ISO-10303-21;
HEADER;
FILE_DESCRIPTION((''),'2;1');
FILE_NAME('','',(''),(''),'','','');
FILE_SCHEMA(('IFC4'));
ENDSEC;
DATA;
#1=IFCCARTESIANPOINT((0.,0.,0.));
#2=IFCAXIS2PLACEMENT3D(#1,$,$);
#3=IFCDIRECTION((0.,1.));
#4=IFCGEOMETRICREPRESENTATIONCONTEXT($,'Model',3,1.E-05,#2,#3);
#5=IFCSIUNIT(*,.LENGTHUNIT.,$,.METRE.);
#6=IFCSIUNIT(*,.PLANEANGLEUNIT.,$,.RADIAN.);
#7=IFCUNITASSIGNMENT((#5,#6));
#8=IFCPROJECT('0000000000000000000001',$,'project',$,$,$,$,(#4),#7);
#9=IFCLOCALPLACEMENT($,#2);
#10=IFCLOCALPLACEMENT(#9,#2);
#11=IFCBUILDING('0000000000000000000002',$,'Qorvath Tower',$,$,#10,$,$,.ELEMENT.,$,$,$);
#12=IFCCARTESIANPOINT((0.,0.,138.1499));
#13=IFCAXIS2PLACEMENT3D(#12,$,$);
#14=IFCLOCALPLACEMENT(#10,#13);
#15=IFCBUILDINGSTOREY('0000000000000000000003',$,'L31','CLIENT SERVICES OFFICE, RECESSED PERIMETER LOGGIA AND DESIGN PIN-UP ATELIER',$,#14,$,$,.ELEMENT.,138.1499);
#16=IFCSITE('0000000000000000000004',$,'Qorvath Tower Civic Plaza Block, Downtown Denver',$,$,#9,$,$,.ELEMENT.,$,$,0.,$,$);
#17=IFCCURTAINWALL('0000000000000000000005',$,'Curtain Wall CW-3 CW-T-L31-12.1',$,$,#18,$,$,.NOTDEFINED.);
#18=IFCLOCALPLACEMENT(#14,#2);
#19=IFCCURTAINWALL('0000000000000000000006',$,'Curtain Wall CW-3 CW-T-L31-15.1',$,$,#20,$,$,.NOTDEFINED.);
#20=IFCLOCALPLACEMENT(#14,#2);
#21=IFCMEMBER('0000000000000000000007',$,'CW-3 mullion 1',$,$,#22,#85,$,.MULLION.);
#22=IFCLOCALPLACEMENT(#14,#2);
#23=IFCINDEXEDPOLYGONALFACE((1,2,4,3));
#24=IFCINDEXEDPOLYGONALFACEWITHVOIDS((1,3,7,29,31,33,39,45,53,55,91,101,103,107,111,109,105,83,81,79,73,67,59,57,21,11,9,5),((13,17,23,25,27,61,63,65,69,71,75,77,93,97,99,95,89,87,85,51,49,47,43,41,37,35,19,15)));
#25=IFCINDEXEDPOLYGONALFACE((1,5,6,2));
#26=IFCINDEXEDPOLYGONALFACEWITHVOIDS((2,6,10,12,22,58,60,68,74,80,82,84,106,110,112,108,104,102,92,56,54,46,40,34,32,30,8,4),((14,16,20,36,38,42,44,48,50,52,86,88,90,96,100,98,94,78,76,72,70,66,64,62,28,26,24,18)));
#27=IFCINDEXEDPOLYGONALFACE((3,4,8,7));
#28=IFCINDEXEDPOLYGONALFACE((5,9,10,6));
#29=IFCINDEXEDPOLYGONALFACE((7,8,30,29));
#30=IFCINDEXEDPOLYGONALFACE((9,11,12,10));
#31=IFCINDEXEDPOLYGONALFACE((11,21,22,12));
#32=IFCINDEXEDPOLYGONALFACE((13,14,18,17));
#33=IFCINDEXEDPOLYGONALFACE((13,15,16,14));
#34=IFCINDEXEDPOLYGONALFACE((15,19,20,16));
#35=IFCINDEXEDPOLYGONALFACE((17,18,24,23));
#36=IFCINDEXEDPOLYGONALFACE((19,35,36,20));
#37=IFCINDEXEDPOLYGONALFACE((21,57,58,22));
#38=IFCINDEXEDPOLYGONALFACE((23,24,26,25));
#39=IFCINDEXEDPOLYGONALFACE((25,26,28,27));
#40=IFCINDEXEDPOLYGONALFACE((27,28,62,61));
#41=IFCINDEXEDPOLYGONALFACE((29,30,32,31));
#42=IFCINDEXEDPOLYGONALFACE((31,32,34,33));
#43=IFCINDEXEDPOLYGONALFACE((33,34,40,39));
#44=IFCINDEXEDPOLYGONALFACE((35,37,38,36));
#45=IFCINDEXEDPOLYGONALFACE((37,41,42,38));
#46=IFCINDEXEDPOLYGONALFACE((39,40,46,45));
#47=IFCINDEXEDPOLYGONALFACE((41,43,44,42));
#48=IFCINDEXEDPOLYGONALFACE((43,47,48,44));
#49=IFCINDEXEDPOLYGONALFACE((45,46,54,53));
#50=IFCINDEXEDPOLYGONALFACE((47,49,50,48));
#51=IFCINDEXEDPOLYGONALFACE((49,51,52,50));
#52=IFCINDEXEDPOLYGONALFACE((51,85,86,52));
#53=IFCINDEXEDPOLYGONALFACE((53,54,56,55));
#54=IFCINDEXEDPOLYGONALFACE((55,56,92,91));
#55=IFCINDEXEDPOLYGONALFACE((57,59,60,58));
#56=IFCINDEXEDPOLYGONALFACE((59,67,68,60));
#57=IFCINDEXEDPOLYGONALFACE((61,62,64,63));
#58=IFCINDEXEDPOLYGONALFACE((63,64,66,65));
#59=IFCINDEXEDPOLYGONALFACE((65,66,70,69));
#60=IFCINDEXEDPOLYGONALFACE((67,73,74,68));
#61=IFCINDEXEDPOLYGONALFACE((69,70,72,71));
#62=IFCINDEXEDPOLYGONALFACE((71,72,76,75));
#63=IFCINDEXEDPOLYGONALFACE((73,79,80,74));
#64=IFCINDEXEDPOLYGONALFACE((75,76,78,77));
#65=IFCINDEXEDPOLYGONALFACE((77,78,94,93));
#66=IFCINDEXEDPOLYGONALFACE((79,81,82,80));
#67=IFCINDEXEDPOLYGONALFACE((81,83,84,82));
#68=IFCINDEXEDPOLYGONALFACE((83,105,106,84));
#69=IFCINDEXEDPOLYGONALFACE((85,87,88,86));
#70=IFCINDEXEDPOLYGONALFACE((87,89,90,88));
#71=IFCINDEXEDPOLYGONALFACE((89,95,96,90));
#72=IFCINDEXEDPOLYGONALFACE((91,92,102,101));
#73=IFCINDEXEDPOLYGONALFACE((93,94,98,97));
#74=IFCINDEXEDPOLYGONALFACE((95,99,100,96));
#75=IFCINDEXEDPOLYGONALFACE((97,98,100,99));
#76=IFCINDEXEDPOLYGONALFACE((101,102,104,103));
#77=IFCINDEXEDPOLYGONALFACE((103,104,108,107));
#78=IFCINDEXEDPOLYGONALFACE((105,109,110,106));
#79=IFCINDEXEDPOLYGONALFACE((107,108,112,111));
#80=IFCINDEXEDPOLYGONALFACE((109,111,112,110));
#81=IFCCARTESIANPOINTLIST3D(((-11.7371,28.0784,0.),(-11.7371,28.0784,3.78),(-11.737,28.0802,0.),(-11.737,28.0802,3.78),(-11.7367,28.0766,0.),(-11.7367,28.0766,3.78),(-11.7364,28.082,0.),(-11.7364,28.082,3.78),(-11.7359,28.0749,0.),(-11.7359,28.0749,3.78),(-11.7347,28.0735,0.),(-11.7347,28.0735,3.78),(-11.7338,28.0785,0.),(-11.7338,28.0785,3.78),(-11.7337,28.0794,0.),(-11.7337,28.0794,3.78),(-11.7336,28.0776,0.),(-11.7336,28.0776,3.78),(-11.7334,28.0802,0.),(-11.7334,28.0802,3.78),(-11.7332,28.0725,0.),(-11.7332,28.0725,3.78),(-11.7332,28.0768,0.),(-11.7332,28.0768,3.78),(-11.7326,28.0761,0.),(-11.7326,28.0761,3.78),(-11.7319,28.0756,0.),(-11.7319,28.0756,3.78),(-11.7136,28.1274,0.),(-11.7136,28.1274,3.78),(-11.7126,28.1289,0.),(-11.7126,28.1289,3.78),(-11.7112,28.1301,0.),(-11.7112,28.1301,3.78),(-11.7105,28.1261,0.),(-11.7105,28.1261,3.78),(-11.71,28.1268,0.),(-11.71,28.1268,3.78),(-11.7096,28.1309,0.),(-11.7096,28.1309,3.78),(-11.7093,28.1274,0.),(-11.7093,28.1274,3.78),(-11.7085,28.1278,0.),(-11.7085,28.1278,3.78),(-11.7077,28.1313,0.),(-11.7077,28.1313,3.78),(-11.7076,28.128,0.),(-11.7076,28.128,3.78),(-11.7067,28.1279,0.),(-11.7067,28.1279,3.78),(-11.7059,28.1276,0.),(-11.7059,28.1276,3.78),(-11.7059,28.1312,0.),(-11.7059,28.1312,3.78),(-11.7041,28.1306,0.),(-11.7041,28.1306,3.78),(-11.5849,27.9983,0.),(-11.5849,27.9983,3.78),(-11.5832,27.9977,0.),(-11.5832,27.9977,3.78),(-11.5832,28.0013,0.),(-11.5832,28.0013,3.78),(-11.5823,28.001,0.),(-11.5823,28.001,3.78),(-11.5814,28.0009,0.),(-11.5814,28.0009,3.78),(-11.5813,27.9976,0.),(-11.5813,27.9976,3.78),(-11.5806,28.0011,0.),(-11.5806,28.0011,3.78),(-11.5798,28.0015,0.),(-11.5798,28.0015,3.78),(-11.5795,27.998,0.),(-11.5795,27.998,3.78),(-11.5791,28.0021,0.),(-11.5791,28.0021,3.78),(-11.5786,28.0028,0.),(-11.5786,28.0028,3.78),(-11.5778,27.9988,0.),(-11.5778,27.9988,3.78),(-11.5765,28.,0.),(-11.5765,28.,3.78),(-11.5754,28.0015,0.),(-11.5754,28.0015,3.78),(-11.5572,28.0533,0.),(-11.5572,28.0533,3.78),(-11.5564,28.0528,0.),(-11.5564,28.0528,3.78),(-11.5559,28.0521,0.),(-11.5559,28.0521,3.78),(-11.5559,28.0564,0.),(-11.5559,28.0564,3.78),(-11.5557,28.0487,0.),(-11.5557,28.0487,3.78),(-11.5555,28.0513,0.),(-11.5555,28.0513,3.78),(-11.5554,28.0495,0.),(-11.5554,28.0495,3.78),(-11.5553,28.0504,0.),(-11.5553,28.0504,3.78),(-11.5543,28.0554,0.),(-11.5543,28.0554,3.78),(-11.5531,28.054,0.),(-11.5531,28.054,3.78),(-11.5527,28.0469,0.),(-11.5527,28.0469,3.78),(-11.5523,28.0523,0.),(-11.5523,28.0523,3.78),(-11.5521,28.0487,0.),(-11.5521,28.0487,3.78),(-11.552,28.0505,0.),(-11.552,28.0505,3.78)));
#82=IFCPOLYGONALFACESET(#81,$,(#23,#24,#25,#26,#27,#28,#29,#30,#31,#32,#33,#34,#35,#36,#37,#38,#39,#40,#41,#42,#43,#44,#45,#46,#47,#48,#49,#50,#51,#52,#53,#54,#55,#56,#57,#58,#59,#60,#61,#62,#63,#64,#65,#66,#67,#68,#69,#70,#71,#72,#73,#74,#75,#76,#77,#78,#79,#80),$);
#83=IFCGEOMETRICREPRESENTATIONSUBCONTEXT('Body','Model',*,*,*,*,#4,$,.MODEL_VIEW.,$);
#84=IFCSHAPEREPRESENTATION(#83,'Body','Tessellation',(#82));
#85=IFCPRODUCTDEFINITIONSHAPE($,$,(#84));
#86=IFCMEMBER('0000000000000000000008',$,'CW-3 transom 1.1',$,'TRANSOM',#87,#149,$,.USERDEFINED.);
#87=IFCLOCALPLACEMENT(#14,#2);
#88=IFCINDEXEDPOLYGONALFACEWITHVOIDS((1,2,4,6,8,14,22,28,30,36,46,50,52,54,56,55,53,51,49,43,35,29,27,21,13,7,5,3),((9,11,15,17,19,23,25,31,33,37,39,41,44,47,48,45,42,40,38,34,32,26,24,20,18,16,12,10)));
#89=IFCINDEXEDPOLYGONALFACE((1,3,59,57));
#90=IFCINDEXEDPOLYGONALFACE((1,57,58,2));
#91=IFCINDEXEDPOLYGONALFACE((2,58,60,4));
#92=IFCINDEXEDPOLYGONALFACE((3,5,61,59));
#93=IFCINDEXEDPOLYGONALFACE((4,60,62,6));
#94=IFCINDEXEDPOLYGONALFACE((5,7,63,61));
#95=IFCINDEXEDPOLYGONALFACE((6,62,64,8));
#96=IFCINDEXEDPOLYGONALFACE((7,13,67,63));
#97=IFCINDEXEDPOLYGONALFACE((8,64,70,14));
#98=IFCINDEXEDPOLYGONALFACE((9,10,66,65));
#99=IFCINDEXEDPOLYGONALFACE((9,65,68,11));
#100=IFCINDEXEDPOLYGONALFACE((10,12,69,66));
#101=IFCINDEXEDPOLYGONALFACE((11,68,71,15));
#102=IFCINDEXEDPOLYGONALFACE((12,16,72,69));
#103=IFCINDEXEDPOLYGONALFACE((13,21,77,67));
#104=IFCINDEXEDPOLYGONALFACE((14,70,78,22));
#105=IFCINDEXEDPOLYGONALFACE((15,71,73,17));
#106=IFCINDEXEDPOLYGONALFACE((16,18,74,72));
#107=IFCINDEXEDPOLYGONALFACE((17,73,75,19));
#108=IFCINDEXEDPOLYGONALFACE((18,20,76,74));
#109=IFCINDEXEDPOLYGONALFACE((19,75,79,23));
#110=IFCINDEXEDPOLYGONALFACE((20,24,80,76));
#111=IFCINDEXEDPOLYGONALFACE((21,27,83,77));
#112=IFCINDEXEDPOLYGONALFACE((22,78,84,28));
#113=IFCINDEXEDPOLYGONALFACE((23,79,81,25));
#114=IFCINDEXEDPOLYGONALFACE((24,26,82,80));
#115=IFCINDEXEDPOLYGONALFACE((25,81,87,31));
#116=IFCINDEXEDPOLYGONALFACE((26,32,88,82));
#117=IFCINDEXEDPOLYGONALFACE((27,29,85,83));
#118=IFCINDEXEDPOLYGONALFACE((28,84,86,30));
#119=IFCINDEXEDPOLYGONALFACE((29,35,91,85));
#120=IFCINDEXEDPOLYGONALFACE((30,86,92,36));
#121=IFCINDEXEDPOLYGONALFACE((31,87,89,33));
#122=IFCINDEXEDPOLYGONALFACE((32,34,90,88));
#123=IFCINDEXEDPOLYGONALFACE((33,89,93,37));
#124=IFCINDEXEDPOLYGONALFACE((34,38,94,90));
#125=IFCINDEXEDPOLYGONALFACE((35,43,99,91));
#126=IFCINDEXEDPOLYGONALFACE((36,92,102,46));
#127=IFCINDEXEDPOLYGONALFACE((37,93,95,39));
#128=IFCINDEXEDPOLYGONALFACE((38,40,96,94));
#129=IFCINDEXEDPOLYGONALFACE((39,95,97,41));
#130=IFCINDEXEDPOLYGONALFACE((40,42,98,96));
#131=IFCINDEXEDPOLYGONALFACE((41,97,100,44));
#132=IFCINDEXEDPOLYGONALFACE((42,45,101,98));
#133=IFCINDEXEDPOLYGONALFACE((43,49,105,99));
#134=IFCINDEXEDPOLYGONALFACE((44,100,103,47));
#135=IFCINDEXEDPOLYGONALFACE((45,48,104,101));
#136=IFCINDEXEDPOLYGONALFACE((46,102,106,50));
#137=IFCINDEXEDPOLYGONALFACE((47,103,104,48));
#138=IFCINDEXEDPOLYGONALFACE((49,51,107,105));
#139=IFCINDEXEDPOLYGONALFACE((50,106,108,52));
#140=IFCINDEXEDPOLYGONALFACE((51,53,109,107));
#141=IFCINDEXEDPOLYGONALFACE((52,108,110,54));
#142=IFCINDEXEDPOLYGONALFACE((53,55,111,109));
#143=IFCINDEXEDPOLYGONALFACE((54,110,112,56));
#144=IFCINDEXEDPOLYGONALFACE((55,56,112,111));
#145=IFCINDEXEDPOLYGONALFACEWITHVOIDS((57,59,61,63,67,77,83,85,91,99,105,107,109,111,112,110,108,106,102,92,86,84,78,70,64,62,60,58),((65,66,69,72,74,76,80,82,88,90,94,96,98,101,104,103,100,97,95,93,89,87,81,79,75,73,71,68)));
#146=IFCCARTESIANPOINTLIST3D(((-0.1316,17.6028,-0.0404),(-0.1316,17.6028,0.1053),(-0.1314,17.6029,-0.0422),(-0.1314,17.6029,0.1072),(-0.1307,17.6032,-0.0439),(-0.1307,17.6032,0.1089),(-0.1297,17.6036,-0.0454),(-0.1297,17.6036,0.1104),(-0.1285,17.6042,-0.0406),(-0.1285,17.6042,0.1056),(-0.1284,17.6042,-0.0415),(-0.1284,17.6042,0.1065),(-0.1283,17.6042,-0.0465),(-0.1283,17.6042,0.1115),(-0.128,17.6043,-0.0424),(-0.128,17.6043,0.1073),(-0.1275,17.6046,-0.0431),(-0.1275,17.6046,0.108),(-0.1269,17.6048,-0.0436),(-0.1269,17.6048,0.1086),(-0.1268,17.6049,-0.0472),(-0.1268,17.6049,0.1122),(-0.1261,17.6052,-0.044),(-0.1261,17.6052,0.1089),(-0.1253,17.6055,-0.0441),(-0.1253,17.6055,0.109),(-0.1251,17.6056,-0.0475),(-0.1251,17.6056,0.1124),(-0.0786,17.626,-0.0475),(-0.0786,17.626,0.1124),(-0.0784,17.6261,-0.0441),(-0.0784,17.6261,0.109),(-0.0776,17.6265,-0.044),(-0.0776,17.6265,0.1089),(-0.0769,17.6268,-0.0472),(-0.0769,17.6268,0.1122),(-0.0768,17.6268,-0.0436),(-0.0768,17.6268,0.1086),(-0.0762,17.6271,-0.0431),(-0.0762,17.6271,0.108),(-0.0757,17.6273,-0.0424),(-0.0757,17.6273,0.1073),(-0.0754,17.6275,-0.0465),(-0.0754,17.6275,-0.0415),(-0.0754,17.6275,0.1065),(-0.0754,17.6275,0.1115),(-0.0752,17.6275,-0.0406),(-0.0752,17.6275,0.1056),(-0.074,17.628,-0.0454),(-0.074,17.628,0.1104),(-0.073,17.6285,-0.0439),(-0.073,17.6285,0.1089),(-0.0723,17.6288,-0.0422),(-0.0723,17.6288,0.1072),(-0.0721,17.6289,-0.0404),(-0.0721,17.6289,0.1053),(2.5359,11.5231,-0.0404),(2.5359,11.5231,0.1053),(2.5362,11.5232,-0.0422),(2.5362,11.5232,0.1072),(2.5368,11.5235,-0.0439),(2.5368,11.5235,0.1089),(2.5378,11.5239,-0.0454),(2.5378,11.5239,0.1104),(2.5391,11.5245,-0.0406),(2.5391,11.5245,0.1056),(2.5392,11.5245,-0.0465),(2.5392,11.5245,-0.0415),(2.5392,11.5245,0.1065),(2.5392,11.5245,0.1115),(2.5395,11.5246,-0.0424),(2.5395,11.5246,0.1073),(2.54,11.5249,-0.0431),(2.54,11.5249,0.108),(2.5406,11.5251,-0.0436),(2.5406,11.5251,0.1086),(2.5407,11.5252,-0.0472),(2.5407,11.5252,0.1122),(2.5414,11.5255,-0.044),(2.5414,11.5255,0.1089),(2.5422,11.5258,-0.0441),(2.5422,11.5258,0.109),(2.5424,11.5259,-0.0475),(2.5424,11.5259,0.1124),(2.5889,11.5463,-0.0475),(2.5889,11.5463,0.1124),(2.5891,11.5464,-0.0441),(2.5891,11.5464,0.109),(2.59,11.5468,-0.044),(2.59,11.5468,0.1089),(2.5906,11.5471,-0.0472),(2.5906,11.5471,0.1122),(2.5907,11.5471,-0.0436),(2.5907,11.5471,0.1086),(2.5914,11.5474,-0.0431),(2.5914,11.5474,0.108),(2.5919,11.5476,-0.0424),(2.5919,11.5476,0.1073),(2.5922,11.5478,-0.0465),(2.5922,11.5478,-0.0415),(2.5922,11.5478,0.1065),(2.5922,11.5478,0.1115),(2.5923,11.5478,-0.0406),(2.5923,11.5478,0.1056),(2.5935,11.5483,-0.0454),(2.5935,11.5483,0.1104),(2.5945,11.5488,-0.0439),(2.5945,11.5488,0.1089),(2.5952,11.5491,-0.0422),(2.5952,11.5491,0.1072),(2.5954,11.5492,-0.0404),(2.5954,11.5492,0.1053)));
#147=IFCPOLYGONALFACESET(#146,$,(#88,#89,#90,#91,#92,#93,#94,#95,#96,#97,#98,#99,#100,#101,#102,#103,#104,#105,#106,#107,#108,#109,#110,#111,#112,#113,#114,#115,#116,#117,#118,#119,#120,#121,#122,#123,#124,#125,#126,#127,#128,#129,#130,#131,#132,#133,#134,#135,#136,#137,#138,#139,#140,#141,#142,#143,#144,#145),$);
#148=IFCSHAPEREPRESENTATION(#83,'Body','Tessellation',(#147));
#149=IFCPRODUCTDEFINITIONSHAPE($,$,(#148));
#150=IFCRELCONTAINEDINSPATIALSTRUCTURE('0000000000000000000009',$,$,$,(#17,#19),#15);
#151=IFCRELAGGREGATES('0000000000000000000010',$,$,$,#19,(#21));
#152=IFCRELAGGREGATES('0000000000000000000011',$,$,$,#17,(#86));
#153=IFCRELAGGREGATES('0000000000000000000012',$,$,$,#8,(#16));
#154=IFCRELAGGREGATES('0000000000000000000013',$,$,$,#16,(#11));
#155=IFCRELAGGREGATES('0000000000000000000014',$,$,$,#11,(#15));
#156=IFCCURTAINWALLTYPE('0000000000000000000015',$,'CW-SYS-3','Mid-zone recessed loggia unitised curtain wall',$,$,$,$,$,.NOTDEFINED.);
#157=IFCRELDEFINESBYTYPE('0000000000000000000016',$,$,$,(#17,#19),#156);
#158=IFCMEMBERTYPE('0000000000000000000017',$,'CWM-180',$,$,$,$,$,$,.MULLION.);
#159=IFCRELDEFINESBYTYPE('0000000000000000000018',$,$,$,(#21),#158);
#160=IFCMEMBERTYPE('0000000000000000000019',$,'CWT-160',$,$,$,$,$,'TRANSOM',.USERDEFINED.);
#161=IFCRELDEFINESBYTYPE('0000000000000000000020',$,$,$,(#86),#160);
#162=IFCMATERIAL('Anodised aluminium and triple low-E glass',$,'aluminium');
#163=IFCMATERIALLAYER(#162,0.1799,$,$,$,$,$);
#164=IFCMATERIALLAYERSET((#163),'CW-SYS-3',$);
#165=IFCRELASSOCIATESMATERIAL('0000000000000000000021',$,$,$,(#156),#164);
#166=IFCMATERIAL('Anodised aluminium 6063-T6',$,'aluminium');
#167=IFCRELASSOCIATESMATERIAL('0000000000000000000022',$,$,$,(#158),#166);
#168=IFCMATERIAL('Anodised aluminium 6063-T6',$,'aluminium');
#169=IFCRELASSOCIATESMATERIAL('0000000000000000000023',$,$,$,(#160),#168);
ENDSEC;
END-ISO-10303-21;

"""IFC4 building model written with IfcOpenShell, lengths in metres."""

from ifc_helpers import new_model, si_unit, direction, frame, origin, origin_2d, place, context, subcontext, project, spatial, hollow_rectangle, extrude, material, layer, layer_set, material_profile, profile_set, type_object, element, aggregate, save


model = new_model("IFC4")

# Units and contexts
model_context = context("Model", 3, precision=1e-05, world=origin(), true_north=direction((0.0, 1.0)))
body_context = subcontext(model_context, "Body", "Model", "MODEL_VIEW")
ifc_project = project(units=[si_unit("LENGTHUNIT", "METRE"), si_unit("PLANEANGLEUNIT", "RADIAN")], contexts=[model_context])

# Site, building, storey
site_placement = place(None, origin())
site = spatial("IfcSite", under=ifc_project, at=site_placement, Name="Qorvath Tower Civic Plaza Block, Downtown Denver", CompositionType="ELEMENT", RefElevation=0.0)
building_placement = place(site_placement, origin())
building = spatial("IfcBuilding", under=site, at=building_placement, Name="Qorvath Tower", CompositionType="ELEMENT")
storey_placement = place(building_placement, frame((0.0, 0.0, 138.1499)))
storey = spatial("IfcBuildingStorey", under=building, at=storey_placement, Name="L31", Description="CLIENT SERVICES OFFICE, RECESSED PERIMETER LOGGIA AND DESIGN PIN-UP ATELIER", CompositionType="ELEMENT", Elevation=138.1499)

# Shared definitions
ifc_material_1 = material(Name="Anodised aluminium and triple low-E glass", Category="aluminium")
ifc_layer_1 = layer(ifc_material_1, 0.1799)
ifc_layer_set_1 = layer_set([ifc_layer_1], Name="CW-SYS-3")
curtain_wall_type = type_object("IfcCurtainWallType", Name="CW-SYS-3", Description="Mid-zone recessed loggia unitised curtain wall", PredefinedType="NOTDEFINED", material=ifc_layer_set_1)
ifc_material_2 = material(Name="Anodised aluminium 6063-T6", Category="aluminium")
ifc_material_profile_1 = material_profile(ifc_material_2, hollow_rectangle(XDim=0.0649, YDim=0.1799, WallThickness=0.0034, InnerFilletRadius=0.0034, OuterFilletRadius=0.0071, at=origin_2d()), Name="CWM 180x65")
ifc_profile_set_1 = profile_set([ifc_material_profile_1], Name="Anodised aluminium 6063-T6")
member_type_1 = type_object("IfcMemberType", Name="CWM-180", PredefinedType="MULLION", material=ifc_profile_set_1)

# Curtain wall
curtain_wall_1_placement = place(storey_placement, origin())
curtain_wall_1 = element("IfcCurtainWall", 1, at=curtain_wall_1_placement, inside=storey, type_object=curtain_wall_type, Name="Curtain Wall CW-3 CW-T-L31-12.1", PredefinedType="NOTDEFINED")

# Curtain wall, member
curtain_wall_2_placement = place(storey_placement, origin())
curtain_wall_2 = element("IfcCurtainWall", 2, at=curtain_wall_2_placement, inside=storey, type_object=curtain_wall_type, Name="Curtain Wall CW-3 CW-T-L31-15.1", PredefinedType="NOTDEFINED")
member_1_placement = place(storey_placement, frame((-11.6445, 28.0645, 0.0), z_axis=(0.0, 0.0, 1.0), x_axis=(-0.447214, -0.894427, 0.0)))
member_1 = element("IfcMember", 3, at=member_1_placement, type_object=member_type_1, Name="CW-3 mullion 1", PredefinedType="MULLION", context=body_context, shape_type="SweptSolid", body=[
    extrude(hollow_rectangle(XDim=0.0649, YDim=0.1799, WallThickness=0.0034, InnerFilletRadius=0.0034, OuterFilletRadius=0.0071, at=origin_2d()), origin(), (0.0, 0.0, 1.0), 3.78),
])
aggregate(curtain_wall_2, [member_1])

# Member
ifc_material_3 = material(Name="Anodised aluminium 6063-T6", Category="aluminium")
ifc_material_profile_2 = material_profile(ifc_material_3, hollow_rectangle(XDim=0.0649, YDim=0.1599, WallThickness=0.0034, InnerFilletRadius=0.0034, OuterFilletRadius=0.0071, at=origin_2d()), Name="CWT 160x65")
ifc_profile_set_2 = profile_set([ifc_material_profile_2], Name="Anodised aluminium 6063-T6")
member_type_2 = type_object("IfcMemberType", Name="CWT-160", ElementType="TRANSOM", PredefinedType="USERDEFINED", material=ifc_profile_set_2)
member_2_placement = place(storey_placement, frame((2.5657, 11.5361, 0.0325), z_axis=(-0.401787, 0.915733, 0.0), x_axis=(-0.915733, -0.401787, 0.0)))
member_2 = element("IfcMember", 4, at=member_2_placement, type_object=member_type_2, Name="CW-3 transom 1.1", ObjectType="TRANSOM", PredefinedType="USERDEFINED", context=body_context, shape_type="SweptSolid", body=[
    extrude(hollow_rectangle(XDim=0.0649, YDim=0.1599, WallThickness=0.0034, InnerFilletRadius=0.0034, OuterFilletRadius=0.0071, at=origin_2d()), origin(), (0.0, 0.0, 1.0), 6.6392),
])

aggregate(curtain_wall_1, [member_2])

save(model, "model.ifc")
